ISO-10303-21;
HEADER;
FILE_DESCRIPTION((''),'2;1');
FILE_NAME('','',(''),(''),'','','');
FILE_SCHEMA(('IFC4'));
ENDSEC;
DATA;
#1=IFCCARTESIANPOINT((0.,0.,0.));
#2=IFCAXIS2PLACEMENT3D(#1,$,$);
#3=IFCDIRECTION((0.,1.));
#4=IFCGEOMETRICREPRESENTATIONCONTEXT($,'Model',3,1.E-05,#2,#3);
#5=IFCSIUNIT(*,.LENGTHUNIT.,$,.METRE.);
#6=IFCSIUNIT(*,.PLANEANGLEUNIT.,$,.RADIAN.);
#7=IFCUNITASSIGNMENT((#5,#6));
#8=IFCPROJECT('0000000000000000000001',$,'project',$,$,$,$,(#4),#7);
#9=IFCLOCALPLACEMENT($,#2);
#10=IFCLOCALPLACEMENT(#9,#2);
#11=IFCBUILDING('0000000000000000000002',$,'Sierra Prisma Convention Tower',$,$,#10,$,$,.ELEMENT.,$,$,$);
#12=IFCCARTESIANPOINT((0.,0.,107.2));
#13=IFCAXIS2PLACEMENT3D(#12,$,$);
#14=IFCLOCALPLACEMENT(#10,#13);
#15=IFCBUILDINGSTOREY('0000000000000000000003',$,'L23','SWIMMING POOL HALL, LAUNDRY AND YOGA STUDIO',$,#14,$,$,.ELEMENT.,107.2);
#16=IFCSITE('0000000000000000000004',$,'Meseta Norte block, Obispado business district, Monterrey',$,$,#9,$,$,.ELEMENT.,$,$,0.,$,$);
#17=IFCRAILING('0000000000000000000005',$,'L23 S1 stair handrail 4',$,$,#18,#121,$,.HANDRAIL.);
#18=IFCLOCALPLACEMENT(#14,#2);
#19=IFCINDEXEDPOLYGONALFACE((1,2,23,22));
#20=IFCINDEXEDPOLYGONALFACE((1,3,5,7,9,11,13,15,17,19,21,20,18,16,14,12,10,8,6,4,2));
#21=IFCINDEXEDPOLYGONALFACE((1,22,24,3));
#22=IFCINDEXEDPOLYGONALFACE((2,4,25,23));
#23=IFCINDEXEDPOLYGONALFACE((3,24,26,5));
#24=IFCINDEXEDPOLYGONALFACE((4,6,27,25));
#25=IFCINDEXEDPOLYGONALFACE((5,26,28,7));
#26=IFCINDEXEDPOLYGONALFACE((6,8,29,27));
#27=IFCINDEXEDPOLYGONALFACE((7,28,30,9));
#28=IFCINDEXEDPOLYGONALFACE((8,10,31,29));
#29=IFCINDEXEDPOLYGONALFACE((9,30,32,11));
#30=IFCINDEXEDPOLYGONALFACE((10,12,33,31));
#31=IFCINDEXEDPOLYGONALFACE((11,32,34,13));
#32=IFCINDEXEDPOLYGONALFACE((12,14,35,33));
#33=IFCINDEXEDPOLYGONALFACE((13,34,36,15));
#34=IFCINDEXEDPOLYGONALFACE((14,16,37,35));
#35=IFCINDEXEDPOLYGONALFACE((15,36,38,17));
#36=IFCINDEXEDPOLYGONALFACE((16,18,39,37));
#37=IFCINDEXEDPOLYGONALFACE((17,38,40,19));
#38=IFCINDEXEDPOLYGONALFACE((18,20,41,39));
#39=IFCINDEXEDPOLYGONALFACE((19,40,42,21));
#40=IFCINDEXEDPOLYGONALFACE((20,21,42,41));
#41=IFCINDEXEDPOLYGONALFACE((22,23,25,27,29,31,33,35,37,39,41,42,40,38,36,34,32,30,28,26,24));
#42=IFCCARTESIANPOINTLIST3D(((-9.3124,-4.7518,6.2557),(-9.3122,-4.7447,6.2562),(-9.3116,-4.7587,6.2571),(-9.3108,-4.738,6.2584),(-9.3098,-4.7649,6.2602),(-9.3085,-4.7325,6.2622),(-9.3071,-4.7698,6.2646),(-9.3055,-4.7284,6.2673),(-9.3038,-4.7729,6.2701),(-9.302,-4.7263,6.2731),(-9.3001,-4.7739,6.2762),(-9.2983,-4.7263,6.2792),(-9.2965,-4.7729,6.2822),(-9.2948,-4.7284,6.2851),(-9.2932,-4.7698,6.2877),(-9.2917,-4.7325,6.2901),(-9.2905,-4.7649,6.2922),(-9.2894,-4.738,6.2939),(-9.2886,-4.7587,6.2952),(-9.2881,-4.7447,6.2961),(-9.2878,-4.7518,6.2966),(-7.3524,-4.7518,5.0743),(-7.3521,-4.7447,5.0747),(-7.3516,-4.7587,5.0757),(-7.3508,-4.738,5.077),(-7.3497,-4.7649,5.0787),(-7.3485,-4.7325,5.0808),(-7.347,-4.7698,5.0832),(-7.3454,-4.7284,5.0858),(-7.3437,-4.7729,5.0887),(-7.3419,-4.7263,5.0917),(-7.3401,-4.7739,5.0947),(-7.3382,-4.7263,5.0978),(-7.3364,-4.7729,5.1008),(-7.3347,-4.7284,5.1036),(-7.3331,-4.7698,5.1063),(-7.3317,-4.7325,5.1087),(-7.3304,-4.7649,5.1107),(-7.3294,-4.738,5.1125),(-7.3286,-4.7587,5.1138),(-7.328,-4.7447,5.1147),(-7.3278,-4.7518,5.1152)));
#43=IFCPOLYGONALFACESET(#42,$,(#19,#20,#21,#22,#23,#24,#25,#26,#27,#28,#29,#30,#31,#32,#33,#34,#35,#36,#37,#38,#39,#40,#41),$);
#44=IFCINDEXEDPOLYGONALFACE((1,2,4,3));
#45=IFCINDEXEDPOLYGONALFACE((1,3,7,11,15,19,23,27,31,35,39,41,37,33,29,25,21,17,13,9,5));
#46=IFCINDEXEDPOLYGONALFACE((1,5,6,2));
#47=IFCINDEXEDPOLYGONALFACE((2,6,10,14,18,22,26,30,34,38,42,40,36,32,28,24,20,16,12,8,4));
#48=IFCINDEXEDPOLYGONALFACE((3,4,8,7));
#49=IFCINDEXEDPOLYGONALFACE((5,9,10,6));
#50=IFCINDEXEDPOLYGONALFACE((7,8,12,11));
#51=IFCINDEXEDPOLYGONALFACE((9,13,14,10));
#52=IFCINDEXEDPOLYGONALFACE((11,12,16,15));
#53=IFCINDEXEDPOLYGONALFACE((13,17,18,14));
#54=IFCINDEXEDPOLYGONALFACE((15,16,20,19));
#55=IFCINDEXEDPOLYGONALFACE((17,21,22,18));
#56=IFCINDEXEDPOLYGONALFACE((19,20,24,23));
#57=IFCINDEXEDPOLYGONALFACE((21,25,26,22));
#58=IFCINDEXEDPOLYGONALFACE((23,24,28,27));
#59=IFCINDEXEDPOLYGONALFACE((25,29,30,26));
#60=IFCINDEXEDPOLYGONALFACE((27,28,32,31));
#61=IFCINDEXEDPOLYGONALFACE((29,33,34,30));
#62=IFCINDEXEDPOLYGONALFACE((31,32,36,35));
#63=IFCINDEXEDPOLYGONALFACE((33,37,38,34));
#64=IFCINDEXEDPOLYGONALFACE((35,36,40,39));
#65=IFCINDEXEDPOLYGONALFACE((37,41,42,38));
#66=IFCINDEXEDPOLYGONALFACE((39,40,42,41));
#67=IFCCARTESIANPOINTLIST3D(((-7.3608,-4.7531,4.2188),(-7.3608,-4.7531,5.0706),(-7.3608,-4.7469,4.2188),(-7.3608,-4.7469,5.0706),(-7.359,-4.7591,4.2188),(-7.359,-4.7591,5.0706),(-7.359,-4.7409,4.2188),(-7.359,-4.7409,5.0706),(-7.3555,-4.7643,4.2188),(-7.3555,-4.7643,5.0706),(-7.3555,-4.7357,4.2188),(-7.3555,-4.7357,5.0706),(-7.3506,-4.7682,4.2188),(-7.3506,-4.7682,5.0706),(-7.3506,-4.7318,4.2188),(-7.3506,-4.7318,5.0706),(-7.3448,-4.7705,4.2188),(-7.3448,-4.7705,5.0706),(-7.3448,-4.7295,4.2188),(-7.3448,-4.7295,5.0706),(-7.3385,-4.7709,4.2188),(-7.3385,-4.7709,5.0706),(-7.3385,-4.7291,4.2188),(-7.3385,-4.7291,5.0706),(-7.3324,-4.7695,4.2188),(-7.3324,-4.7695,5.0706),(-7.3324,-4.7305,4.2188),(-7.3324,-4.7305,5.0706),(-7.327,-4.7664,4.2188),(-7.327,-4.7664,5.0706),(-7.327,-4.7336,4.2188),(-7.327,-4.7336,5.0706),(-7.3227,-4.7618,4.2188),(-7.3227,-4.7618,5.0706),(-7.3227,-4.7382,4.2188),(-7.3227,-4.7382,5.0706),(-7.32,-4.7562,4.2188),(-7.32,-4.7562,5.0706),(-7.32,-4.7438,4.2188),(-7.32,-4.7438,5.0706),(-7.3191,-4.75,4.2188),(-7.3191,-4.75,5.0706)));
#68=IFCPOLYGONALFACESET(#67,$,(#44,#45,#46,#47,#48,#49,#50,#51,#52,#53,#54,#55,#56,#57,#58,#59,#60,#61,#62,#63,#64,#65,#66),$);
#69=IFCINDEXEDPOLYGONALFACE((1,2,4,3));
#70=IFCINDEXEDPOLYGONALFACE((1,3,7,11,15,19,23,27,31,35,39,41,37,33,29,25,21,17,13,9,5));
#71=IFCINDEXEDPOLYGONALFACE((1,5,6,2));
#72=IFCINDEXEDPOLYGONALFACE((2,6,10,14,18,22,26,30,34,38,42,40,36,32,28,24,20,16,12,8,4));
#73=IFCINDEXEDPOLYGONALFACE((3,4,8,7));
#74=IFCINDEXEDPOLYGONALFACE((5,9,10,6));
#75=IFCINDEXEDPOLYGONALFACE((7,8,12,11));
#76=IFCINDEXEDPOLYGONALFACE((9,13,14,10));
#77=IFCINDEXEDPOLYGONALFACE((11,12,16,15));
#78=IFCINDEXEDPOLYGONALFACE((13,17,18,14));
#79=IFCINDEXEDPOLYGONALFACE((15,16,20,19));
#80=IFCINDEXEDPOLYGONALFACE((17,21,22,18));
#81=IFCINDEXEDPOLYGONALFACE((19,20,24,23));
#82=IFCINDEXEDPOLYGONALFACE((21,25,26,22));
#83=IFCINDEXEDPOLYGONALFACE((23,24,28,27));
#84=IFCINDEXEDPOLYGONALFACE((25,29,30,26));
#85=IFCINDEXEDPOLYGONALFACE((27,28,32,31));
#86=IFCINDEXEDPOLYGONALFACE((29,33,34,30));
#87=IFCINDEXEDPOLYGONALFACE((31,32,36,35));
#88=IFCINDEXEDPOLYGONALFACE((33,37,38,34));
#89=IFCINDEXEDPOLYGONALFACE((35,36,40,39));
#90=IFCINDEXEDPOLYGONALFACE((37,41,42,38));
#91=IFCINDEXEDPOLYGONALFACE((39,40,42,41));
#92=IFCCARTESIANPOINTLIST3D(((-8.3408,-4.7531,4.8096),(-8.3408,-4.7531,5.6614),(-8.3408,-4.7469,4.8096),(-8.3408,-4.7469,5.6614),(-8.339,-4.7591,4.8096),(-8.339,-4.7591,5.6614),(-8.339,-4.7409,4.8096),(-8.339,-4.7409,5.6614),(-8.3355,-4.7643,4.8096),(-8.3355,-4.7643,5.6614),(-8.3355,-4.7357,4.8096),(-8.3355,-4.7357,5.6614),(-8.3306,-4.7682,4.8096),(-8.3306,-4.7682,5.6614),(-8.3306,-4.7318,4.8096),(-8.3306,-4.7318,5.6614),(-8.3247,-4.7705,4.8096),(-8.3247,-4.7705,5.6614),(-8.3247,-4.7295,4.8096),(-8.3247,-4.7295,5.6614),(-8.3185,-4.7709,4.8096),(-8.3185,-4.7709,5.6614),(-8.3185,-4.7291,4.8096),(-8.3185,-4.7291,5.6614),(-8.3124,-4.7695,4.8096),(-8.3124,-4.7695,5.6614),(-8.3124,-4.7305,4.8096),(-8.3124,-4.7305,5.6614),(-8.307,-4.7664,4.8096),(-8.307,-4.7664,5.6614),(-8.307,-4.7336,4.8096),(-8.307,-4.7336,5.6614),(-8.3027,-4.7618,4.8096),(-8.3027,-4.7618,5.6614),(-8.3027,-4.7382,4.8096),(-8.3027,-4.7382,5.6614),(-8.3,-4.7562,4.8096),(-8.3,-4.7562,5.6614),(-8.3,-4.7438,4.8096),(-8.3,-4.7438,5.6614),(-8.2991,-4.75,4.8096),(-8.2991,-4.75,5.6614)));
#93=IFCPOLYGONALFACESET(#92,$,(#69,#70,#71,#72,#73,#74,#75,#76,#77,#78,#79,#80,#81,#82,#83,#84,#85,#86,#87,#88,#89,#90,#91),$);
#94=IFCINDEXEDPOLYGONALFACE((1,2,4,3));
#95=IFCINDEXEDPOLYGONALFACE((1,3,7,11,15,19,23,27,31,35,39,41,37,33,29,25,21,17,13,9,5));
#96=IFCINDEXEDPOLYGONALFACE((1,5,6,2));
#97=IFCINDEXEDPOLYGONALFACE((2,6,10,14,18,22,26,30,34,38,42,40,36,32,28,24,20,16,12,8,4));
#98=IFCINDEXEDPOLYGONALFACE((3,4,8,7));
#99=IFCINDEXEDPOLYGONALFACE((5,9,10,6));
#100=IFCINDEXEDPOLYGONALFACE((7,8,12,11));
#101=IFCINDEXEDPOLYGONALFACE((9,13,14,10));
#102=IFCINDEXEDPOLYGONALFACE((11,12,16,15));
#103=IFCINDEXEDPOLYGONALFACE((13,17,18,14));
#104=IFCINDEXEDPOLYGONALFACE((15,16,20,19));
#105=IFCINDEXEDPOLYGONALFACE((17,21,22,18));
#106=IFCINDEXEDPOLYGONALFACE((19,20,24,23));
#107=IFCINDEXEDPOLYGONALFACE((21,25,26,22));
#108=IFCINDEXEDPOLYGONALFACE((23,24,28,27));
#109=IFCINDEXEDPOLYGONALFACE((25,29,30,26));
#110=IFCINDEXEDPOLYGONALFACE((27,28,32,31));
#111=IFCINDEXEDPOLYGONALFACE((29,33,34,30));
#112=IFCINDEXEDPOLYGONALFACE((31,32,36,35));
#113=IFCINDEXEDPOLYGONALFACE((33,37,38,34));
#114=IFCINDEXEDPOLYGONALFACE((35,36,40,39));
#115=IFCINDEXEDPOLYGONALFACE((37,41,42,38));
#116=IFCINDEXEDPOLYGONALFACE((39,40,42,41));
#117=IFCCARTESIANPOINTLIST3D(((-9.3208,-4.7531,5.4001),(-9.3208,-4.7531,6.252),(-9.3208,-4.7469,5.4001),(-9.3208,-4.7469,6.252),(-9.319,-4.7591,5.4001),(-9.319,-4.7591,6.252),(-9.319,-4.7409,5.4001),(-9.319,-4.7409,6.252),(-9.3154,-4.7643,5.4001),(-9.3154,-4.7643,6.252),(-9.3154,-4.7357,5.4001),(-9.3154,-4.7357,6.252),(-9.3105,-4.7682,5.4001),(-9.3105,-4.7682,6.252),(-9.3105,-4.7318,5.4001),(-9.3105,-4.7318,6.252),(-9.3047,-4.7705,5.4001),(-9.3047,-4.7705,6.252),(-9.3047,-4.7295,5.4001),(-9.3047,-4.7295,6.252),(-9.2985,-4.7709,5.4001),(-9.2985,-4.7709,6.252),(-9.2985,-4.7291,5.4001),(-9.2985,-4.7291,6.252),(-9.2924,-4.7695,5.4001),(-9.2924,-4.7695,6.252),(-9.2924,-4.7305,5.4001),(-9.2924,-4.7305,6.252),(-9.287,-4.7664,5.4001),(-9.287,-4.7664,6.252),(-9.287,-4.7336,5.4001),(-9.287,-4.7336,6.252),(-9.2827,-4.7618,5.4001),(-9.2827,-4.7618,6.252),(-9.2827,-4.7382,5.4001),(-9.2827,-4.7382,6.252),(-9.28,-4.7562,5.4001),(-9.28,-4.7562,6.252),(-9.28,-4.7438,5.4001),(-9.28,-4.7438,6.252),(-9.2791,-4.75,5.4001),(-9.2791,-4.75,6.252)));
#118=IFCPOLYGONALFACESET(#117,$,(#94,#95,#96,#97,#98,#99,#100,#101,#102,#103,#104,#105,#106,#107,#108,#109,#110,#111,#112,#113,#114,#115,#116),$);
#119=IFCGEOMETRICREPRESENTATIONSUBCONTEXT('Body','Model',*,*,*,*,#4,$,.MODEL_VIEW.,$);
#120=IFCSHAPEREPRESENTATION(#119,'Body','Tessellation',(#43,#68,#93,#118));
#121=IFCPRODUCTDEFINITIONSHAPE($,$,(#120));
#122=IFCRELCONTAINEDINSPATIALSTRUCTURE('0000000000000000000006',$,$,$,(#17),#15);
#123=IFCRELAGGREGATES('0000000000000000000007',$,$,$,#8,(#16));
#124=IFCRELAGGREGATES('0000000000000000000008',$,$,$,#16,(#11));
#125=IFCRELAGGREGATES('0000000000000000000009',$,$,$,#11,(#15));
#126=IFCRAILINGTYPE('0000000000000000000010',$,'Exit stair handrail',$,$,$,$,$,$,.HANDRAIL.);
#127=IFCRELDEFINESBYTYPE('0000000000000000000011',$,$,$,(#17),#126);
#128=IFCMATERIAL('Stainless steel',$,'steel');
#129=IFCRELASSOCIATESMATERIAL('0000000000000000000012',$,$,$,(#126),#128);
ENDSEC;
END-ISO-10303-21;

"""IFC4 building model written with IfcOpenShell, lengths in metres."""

from ifc_helpers import new_model, si_unit, direction, frame, origin, origin_2d, place, context, subcontext, project, spatial, circle, extrude, material, type_object, element, save


model = new_model("IFC4")

# Units and contexts
model_context = context("Model", 3, precision=1e-05, world=origin(), true_north=direction((0.0, 1.0)))
body_context = subcontext(model_context, "Body", "Model", "MODEL_VIEW")
ifc_project = project(units=[si_unit("LENGTHUNIT", "METRE"), si_unit("PLANEANGLEUNIT", "RADIAN")], contexts=[model_context])

# Site, building, storey
site_placement = place(None, origin())
site = spatial("IfcSite", under=ifc_project, at=site_placement, Name="Meseta Norte block, Obispado business district, Monterrey", CompositionType="ELEMENT", RefElevation=0.0)
building_placement = place(site_placement, origin())
building = spatial("IfcBuilding", under=site, at=building_placement, Name="Sierra Prisma Convention Tower", CompositionType="ELEMENT")
storey_placement = place(building_placement, frame((0.0, 0.0, 107.2)))
storey = spatial("IfcBuildingStorey", under=building, at=storey_placement, Name="L23", Description="SWIMMING POOL HALL, LAUNDRY AND YOGA STUDIO", CompositionType="ELEMENT", Elevation=107.2)

# Railing
ifc_material_1 = material(Name="Stainless steel", Category="steel")
railing_type_1 = type_object("IfcRailingType", Name="Exit stair handrail", PredefinedType="HANDRAIL", material=ifc_material_1)
railing_1_placement = place(storey_placement, frame((-7.3401, -4.75, 4.2188)))
element("IfcRailing", 1, at=railing_1_placement, inside=storey, type_object=railing_type_1, Name="L23 S1 stair handrail 4", PredefinedType="HANDRAIL", context=body_context, shape_type="SweptSolid", body=[
    extrude(circle(Radius=0.0239, at=origin_2d()), frame((0.0, 0.0, 0.876), z_axis=(-0.856446, 0.0, 0.516236), x_axis=(0.0, -1.0, 0.0)), (0.0, 0.0, 1.0), 2.2886),
    extrude(circle(Radius=0.021, at=origin_2d()), origin(), (0.0, 0.0, 1.0), 0.8518),
    extrude(circle(Radius=0.021, at=origin_2d()), frame((-0.98, 0.0, 0.5908)), (0.0, 0.0, 1.0), 0.8518),
    extrude(circle(Radius=0.021, at=origin_2d()), frame((-1.96, 0.0, 1.1814)), (0.0, 0.0, 1.0), 0.8518),
])

save(model, "model.ifc")
